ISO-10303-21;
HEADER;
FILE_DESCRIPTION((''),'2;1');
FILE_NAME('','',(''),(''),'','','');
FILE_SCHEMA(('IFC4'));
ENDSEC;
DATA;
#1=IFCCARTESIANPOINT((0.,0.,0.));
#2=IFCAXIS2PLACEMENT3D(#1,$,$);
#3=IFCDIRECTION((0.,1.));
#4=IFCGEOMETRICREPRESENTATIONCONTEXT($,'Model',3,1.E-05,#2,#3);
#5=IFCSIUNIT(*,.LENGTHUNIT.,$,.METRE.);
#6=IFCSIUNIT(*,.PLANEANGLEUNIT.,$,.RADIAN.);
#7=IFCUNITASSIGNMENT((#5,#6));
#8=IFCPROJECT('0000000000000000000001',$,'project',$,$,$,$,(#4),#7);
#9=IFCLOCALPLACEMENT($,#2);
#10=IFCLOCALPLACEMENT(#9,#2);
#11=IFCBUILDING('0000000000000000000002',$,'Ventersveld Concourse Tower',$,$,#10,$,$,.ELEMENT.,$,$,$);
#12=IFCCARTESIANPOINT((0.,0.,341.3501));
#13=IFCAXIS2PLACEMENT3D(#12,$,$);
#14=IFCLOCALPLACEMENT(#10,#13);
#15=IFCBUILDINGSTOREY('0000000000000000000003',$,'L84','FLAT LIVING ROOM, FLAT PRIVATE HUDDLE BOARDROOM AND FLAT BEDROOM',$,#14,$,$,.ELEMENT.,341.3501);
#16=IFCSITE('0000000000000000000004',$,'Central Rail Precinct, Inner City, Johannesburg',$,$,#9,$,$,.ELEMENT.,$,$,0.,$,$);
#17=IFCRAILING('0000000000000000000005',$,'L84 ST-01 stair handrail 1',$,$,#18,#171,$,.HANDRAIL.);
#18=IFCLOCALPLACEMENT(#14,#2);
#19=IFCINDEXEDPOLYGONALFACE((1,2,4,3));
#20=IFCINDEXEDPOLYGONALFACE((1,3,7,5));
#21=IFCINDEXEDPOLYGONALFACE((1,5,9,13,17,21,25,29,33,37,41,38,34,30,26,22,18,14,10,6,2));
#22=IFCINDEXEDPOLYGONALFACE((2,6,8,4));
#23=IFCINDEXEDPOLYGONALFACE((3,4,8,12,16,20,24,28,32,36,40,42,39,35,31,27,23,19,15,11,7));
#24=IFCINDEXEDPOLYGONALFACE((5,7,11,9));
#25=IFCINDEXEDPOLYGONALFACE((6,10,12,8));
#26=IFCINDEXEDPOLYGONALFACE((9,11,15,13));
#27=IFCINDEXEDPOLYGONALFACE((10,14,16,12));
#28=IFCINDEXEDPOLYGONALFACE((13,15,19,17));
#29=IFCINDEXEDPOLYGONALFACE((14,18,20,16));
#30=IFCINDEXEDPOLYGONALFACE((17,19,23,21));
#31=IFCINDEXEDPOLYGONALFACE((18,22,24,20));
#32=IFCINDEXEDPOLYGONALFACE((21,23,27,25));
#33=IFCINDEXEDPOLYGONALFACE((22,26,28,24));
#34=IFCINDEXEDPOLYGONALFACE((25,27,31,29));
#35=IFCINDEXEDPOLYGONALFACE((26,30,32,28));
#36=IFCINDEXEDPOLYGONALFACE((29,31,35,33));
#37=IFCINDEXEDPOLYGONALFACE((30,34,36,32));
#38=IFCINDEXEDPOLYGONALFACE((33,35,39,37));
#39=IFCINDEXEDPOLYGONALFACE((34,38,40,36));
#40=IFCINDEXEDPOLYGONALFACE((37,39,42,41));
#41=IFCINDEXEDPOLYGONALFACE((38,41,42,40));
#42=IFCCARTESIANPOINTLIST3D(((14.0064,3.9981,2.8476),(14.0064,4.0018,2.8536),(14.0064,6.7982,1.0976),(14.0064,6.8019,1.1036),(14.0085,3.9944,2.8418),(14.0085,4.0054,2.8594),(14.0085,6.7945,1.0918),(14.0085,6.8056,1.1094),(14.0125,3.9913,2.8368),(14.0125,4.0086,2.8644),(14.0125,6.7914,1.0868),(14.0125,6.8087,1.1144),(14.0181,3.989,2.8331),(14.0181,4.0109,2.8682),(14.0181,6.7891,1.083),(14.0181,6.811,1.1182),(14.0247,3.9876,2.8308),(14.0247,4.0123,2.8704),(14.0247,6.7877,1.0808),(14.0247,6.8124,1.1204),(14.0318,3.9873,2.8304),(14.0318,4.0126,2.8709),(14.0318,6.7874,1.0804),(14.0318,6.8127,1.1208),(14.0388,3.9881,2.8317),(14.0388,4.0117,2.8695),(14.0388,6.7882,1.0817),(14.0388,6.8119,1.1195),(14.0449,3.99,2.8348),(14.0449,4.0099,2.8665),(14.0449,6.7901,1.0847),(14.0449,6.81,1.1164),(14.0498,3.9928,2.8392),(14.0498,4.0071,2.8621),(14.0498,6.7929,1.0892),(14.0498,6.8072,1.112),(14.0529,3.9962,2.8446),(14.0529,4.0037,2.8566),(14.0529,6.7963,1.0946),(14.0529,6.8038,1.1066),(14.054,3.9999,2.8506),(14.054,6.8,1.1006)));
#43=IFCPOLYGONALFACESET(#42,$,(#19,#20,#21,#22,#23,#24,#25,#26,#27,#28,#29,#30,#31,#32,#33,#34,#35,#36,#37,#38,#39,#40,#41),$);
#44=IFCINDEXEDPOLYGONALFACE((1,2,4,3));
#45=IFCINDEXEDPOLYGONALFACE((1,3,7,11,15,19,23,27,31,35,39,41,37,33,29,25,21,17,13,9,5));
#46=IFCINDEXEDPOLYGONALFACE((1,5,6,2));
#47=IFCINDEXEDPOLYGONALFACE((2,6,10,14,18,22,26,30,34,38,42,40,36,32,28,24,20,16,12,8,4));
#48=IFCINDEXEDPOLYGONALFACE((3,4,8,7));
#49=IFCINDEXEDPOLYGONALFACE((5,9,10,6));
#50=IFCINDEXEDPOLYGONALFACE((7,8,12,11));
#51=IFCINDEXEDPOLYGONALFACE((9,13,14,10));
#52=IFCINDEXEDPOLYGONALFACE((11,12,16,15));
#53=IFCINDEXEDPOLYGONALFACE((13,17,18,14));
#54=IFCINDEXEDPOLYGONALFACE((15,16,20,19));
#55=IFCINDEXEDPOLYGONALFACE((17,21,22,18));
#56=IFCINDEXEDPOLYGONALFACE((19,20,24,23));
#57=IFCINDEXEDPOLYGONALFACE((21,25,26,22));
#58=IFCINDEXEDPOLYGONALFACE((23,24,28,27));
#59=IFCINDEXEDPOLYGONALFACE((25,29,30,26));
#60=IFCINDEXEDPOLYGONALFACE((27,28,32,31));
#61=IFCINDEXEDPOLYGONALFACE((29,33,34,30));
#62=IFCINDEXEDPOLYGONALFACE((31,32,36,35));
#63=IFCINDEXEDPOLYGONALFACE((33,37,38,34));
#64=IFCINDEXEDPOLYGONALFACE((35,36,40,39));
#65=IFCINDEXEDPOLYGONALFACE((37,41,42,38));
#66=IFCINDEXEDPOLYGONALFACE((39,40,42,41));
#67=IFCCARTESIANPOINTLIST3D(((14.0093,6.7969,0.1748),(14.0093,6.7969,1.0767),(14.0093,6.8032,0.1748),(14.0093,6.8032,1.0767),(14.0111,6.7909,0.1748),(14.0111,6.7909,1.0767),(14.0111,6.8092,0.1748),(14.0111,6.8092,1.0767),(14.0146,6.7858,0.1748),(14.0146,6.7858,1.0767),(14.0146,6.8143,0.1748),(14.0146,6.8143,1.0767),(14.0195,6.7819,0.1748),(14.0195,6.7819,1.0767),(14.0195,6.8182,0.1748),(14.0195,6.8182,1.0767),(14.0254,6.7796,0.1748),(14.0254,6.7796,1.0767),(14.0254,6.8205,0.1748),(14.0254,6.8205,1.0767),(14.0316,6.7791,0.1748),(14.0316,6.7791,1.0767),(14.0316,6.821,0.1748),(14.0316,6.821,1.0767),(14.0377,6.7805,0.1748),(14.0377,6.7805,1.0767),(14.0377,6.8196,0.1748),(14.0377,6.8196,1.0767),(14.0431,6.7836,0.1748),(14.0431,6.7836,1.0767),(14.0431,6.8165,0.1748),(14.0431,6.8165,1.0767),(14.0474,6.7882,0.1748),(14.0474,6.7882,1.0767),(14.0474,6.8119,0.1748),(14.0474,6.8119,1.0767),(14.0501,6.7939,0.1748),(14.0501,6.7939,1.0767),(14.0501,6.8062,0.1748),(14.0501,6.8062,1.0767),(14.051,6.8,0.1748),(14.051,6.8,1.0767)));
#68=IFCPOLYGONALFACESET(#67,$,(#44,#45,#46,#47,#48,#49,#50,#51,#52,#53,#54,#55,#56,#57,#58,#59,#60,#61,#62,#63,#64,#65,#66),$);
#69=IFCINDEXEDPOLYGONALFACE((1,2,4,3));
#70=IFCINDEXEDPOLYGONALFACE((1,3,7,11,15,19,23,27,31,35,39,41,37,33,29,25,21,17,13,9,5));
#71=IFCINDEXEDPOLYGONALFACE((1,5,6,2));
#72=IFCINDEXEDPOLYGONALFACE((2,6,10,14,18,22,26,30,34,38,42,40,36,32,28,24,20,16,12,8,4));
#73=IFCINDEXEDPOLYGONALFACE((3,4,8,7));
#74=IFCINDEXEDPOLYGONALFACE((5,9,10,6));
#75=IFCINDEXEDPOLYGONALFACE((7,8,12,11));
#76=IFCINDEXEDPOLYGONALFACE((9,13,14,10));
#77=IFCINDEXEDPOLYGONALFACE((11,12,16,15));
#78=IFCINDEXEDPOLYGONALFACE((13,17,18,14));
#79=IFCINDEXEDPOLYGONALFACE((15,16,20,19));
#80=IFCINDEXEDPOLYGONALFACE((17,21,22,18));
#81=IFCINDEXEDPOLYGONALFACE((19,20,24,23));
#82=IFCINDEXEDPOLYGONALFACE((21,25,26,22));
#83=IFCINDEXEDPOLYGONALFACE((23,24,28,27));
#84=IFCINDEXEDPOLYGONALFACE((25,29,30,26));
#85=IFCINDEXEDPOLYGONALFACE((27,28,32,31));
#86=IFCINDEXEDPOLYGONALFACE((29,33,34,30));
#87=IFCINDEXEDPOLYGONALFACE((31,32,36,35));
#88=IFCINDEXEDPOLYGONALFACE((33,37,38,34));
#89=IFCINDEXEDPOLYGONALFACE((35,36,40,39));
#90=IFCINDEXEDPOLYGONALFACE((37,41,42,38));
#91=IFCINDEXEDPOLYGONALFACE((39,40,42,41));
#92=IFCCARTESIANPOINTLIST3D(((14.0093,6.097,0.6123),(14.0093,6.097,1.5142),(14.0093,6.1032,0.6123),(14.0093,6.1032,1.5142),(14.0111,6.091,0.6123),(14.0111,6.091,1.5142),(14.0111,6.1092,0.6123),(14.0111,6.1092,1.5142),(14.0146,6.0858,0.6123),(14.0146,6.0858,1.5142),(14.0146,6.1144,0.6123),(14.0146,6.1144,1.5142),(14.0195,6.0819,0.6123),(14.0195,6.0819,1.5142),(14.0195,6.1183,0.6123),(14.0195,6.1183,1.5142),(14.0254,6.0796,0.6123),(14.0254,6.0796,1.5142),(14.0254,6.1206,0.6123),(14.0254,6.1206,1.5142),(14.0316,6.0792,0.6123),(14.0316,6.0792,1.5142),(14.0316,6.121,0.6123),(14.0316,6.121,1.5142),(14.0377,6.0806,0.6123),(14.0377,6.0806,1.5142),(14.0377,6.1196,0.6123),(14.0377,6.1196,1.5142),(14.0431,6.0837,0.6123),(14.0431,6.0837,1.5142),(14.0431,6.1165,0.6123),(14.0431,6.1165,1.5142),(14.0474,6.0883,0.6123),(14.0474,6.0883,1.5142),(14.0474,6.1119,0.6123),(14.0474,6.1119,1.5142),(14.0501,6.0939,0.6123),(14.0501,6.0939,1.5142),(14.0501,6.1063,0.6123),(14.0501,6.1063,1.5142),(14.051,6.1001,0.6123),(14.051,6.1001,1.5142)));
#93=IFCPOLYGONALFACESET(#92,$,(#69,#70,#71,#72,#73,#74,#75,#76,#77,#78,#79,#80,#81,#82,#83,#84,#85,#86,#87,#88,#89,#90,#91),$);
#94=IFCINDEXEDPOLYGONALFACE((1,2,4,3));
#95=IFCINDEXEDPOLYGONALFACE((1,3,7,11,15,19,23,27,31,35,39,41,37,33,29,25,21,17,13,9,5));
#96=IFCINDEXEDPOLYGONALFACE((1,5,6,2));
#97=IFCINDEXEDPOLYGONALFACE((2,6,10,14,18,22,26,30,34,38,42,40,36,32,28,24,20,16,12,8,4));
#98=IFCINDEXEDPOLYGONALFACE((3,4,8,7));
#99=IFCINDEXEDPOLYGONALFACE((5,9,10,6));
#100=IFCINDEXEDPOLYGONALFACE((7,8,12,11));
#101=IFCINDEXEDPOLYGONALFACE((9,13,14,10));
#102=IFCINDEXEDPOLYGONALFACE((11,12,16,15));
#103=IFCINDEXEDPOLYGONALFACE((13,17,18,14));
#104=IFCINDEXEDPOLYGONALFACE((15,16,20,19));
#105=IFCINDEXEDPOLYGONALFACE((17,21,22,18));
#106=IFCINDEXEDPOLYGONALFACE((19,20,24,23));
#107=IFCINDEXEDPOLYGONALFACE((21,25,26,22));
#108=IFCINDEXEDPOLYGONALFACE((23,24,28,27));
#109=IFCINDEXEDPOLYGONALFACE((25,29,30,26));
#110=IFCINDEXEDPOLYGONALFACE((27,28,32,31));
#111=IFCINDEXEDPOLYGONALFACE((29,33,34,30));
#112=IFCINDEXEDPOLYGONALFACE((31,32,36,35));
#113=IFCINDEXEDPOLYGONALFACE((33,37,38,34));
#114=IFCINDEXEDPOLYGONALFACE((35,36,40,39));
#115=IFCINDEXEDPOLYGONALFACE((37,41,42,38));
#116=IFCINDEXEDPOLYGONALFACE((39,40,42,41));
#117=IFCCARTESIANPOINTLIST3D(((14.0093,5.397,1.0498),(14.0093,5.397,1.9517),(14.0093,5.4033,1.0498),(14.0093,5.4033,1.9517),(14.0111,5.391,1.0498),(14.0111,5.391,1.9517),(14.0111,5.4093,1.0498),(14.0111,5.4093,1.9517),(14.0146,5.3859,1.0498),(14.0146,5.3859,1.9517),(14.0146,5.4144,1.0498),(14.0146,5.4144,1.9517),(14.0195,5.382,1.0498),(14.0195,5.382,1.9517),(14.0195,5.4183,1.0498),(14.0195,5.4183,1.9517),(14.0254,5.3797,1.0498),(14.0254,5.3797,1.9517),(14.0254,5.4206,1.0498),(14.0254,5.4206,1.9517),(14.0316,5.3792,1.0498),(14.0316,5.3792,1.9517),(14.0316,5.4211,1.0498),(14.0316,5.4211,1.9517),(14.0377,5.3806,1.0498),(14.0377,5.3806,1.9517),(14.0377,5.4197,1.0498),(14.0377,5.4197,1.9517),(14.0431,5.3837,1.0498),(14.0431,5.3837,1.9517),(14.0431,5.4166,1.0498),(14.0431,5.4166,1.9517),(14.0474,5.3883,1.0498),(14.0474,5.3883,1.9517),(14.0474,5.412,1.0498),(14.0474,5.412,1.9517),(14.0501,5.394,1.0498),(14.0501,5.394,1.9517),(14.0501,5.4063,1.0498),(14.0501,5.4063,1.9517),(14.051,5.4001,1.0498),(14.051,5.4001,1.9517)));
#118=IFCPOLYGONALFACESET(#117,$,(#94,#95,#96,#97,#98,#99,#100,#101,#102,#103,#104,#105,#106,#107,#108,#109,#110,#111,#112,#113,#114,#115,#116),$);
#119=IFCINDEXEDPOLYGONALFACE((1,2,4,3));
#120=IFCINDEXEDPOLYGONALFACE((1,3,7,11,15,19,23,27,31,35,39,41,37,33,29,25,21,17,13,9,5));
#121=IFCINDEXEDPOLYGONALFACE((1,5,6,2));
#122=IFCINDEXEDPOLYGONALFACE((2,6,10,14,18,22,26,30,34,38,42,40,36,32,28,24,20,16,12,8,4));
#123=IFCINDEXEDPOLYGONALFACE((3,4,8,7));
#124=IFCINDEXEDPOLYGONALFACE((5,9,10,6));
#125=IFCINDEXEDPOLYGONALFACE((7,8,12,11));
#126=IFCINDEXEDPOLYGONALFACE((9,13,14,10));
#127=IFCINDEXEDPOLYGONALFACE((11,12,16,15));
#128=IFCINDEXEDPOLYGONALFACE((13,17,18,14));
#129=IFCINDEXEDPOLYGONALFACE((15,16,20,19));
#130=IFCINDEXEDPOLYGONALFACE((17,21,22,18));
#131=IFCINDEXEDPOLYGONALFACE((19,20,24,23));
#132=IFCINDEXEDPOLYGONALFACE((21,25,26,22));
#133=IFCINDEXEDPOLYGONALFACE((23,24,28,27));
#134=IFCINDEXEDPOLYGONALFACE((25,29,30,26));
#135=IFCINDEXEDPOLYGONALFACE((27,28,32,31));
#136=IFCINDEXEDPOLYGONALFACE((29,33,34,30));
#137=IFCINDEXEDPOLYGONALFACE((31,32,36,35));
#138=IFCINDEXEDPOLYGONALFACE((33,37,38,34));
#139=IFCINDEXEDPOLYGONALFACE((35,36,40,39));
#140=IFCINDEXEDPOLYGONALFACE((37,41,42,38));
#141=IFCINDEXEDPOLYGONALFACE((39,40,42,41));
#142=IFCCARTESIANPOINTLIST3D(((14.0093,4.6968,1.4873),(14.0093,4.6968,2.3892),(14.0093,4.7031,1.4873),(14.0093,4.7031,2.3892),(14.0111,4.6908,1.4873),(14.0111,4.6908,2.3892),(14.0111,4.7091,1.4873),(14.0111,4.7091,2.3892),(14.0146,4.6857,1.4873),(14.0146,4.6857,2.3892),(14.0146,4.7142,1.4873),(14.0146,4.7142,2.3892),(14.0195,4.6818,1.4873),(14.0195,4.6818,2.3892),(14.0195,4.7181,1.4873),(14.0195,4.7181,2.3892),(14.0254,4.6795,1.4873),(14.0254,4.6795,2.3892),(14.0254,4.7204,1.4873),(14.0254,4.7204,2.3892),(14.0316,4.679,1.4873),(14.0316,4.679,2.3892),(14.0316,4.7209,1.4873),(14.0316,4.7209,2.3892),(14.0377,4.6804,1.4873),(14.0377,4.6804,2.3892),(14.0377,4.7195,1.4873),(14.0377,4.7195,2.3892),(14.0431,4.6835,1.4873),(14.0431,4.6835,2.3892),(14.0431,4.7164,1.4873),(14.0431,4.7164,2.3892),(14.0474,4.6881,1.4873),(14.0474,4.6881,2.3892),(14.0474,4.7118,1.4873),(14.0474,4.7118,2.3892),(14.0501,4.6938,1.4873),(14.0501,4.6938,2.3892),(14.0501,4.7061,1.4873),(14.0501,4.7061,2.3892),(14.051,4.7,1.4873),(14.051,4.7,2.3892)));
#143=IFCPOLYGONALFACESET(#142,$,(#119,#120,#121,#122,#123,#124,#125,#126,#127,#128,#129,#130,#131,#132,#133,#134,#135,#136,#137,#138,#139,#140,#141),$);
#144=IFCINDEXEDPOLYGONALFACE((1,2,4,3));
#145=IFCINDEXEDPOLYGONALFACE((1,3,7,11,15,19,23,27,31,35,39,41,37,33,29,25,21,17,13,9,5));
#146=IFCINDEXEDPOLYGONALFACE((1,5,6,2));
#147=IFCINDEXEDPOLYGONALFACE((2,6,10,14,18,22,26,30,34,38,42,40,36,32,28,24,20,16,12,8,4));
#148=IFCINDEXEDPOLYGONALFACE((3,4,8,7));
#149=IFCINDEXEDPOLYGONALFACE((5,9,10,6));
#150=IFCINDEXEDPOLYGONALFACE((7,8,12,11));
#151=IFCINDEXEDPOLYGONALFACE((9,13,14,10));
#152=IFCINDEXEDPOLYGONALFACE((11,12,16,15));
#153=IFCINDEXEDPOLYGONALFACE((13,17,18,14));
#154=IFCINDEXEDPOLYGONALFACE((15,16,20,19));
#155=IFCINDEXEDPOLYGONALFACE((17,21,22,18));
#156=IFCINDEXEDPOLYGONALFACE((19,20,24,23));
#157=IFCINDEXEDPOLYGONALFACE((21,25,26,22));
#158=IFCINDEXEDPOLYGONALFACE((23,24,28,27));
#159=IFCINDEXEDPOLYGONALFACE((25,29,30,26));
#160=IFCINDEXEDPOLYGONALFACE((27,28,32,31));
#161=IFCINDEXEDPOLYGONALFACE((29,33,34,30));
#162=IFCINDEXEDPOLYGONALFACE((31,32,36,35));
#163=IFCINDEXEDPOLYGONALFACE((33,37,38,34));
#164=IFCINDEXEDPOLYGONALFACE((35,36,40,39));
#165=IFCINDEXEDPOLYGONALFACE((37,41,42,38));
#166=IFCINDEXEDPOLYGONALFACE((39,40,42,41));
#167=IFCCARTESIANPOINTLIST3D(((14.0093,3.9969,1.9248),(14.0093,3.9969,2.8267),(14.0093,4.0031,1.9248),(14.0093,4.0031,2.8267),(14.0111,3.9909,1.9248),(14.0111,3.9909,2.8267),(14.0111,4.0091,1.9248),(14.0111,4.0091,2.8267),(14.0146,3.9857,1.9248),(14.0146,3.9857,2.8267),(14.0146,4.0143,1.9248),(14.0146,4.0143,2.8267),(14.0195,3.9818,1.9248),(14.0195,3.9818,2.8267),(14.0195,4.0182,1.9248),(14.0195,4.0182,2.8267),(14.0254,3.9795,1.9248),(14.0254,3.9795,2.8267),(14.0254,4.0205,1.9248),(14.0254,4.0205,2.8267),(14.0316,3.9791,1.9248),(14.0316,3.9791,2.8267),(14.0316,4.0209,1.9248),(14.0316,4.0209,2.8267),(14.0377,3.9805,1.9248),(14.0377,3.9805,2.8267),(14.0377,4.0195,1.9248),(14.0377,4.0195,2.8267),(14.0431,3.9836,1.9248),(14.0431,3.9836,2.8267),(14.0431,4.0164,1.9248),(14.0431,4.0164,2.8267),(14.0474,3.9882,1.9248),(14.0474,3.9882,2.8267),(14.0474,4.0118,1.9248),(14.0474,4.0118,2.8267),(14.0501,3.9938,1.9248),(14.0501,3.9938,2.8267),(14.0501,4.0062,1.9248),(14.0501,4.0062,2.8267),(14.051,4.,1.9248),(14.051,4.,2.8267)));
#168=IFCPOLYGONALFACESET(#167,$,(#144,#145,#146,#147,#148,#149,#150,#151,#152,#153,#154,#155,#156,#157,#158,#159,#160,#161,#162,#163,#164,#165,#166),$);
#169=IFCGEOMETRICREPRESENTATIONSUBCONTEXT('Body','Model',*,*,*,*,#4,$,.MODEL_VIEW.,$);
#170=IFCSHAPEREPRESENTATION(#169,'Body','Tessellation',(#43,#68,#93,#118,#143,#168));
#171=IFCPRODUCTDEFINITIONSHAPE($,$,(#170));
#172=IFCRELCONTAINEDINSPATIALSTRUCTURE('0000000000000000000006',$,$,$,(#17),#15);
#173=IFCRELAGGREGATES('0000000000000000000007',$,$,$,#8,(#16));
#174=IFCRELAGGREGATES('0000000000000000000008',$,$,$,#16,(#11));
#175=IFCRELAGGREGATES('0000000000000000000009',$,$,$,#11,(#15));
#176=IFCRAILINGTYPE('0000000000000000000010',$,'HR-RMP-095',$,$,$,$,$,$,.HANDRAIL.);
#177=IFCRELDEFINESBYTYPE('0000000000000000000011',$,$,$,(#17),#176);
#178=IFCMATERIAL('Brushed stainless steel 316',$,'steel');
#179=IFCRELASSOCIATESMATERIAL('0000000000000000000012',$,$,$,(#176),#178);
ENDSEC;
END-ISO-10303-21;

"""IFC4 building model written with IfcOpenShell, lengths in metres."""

from ifc_helpers import new_model, si_unit, direction, frame, origin, origin_2d, place, context, subcontext, project, spatial, circle, extrude, material, type_object, element, save


model = new_model("IFC4")

# Units and contexts
model_context = context("Model", 3, precision=1e-05, world=origin(), true_north=direction((0.0, 1.0)))
body_context = subcontext(model_context, "Body", "Model", "MODEL_VIEW")
ifc_project = project(units=[si_unit("LENGTHUNIT", "METRE"), si_unit("PLANEANGLEUNIT", "RADIAN")], contexts=[model_context])

# Site, building, storey
site_placement = place(None, origin())
site = spatial("IfcSite", under=ifc_project, at=site_placement, Name="Central Rail Precinct, Inner City, Johannesburg", CompositionType="ELEMENT", RefElevation=0.0)
building_placement = place(site_placement, origin())
building = spatial("IfcBuilding", under=site, at=building_placement, Name="Ventersveld Concourse Tower", CompositionType="ELEMENT")
storey_placement = place(building_placement, frame((0.0, 0.0, 341.3501)))
storey = spatial("IfcBuildingStorey", under=building, at=storey_placement, Name="L84", Description="FLAT LIVING ROOM, FLAT PRIVATE HUDDLE BOARDROOM AND FLAT BEDROOM", CompositionType="ELEMENT", Elevation=341.3501)

# Railing
ifc_material_1 = material(Name="Brushed stainless steel 316", Category="steel")
railing_type_1 = type_object("IfcRailingType", Name="HR-RMP-095", PredefinedType="HANDRAIL", material=ifc_material_1)
railing_1_placement = place(storey_placement, frame((14.03, 6.8, 0.1748)))
element("IfcRailing", 1, at=railing_1_placement, inside=storey, type_object=railing_type_1, Name="L84 ST-01 stair handrail 1", PredefinedType="HANDRAIL", context=body_context, shape_type="SweptSolid", body=[
    extrude(circle(Radius=0.0239, at=origin_2d()), frame((0.0, 0.0, 0.9258), z_axis=(0.0, -0.848002, 0.529992), x_axis=(1.0, 0.0, 0.0)), (0.0, 0.0, 1.0), 3.302),
    extrude(circle(Radius=0.021, at=origin_2d()), origin(), (0.0, 0.0, 1.0), 0.9019),
    extrude(circle(Radius=0.021, at=origin_2d()), frame((0.0, -0.7, 0.4375)), (0.0, 0.0, 1.0), 0.9019),
    extrude(circle(Radius=0.021, at=origin_2d()), frame((0.0, -1.3999, 0.875)), (0.0, 0.0, 1.0), 0.9019),
    extrude(circle(Radius=0.021, at=origin_2d()), frame((0.0, -2.1001, 1.3125)), (0.0, 0.0, 1.0), 0.9019),
    extrude(circle(Radius=0.021, at=origin_2d()), frame((0.0, -2.8, 1.75)), (0.0, 0.0, 1.0), 0.9019),
])

save(model, "model.ifc")
